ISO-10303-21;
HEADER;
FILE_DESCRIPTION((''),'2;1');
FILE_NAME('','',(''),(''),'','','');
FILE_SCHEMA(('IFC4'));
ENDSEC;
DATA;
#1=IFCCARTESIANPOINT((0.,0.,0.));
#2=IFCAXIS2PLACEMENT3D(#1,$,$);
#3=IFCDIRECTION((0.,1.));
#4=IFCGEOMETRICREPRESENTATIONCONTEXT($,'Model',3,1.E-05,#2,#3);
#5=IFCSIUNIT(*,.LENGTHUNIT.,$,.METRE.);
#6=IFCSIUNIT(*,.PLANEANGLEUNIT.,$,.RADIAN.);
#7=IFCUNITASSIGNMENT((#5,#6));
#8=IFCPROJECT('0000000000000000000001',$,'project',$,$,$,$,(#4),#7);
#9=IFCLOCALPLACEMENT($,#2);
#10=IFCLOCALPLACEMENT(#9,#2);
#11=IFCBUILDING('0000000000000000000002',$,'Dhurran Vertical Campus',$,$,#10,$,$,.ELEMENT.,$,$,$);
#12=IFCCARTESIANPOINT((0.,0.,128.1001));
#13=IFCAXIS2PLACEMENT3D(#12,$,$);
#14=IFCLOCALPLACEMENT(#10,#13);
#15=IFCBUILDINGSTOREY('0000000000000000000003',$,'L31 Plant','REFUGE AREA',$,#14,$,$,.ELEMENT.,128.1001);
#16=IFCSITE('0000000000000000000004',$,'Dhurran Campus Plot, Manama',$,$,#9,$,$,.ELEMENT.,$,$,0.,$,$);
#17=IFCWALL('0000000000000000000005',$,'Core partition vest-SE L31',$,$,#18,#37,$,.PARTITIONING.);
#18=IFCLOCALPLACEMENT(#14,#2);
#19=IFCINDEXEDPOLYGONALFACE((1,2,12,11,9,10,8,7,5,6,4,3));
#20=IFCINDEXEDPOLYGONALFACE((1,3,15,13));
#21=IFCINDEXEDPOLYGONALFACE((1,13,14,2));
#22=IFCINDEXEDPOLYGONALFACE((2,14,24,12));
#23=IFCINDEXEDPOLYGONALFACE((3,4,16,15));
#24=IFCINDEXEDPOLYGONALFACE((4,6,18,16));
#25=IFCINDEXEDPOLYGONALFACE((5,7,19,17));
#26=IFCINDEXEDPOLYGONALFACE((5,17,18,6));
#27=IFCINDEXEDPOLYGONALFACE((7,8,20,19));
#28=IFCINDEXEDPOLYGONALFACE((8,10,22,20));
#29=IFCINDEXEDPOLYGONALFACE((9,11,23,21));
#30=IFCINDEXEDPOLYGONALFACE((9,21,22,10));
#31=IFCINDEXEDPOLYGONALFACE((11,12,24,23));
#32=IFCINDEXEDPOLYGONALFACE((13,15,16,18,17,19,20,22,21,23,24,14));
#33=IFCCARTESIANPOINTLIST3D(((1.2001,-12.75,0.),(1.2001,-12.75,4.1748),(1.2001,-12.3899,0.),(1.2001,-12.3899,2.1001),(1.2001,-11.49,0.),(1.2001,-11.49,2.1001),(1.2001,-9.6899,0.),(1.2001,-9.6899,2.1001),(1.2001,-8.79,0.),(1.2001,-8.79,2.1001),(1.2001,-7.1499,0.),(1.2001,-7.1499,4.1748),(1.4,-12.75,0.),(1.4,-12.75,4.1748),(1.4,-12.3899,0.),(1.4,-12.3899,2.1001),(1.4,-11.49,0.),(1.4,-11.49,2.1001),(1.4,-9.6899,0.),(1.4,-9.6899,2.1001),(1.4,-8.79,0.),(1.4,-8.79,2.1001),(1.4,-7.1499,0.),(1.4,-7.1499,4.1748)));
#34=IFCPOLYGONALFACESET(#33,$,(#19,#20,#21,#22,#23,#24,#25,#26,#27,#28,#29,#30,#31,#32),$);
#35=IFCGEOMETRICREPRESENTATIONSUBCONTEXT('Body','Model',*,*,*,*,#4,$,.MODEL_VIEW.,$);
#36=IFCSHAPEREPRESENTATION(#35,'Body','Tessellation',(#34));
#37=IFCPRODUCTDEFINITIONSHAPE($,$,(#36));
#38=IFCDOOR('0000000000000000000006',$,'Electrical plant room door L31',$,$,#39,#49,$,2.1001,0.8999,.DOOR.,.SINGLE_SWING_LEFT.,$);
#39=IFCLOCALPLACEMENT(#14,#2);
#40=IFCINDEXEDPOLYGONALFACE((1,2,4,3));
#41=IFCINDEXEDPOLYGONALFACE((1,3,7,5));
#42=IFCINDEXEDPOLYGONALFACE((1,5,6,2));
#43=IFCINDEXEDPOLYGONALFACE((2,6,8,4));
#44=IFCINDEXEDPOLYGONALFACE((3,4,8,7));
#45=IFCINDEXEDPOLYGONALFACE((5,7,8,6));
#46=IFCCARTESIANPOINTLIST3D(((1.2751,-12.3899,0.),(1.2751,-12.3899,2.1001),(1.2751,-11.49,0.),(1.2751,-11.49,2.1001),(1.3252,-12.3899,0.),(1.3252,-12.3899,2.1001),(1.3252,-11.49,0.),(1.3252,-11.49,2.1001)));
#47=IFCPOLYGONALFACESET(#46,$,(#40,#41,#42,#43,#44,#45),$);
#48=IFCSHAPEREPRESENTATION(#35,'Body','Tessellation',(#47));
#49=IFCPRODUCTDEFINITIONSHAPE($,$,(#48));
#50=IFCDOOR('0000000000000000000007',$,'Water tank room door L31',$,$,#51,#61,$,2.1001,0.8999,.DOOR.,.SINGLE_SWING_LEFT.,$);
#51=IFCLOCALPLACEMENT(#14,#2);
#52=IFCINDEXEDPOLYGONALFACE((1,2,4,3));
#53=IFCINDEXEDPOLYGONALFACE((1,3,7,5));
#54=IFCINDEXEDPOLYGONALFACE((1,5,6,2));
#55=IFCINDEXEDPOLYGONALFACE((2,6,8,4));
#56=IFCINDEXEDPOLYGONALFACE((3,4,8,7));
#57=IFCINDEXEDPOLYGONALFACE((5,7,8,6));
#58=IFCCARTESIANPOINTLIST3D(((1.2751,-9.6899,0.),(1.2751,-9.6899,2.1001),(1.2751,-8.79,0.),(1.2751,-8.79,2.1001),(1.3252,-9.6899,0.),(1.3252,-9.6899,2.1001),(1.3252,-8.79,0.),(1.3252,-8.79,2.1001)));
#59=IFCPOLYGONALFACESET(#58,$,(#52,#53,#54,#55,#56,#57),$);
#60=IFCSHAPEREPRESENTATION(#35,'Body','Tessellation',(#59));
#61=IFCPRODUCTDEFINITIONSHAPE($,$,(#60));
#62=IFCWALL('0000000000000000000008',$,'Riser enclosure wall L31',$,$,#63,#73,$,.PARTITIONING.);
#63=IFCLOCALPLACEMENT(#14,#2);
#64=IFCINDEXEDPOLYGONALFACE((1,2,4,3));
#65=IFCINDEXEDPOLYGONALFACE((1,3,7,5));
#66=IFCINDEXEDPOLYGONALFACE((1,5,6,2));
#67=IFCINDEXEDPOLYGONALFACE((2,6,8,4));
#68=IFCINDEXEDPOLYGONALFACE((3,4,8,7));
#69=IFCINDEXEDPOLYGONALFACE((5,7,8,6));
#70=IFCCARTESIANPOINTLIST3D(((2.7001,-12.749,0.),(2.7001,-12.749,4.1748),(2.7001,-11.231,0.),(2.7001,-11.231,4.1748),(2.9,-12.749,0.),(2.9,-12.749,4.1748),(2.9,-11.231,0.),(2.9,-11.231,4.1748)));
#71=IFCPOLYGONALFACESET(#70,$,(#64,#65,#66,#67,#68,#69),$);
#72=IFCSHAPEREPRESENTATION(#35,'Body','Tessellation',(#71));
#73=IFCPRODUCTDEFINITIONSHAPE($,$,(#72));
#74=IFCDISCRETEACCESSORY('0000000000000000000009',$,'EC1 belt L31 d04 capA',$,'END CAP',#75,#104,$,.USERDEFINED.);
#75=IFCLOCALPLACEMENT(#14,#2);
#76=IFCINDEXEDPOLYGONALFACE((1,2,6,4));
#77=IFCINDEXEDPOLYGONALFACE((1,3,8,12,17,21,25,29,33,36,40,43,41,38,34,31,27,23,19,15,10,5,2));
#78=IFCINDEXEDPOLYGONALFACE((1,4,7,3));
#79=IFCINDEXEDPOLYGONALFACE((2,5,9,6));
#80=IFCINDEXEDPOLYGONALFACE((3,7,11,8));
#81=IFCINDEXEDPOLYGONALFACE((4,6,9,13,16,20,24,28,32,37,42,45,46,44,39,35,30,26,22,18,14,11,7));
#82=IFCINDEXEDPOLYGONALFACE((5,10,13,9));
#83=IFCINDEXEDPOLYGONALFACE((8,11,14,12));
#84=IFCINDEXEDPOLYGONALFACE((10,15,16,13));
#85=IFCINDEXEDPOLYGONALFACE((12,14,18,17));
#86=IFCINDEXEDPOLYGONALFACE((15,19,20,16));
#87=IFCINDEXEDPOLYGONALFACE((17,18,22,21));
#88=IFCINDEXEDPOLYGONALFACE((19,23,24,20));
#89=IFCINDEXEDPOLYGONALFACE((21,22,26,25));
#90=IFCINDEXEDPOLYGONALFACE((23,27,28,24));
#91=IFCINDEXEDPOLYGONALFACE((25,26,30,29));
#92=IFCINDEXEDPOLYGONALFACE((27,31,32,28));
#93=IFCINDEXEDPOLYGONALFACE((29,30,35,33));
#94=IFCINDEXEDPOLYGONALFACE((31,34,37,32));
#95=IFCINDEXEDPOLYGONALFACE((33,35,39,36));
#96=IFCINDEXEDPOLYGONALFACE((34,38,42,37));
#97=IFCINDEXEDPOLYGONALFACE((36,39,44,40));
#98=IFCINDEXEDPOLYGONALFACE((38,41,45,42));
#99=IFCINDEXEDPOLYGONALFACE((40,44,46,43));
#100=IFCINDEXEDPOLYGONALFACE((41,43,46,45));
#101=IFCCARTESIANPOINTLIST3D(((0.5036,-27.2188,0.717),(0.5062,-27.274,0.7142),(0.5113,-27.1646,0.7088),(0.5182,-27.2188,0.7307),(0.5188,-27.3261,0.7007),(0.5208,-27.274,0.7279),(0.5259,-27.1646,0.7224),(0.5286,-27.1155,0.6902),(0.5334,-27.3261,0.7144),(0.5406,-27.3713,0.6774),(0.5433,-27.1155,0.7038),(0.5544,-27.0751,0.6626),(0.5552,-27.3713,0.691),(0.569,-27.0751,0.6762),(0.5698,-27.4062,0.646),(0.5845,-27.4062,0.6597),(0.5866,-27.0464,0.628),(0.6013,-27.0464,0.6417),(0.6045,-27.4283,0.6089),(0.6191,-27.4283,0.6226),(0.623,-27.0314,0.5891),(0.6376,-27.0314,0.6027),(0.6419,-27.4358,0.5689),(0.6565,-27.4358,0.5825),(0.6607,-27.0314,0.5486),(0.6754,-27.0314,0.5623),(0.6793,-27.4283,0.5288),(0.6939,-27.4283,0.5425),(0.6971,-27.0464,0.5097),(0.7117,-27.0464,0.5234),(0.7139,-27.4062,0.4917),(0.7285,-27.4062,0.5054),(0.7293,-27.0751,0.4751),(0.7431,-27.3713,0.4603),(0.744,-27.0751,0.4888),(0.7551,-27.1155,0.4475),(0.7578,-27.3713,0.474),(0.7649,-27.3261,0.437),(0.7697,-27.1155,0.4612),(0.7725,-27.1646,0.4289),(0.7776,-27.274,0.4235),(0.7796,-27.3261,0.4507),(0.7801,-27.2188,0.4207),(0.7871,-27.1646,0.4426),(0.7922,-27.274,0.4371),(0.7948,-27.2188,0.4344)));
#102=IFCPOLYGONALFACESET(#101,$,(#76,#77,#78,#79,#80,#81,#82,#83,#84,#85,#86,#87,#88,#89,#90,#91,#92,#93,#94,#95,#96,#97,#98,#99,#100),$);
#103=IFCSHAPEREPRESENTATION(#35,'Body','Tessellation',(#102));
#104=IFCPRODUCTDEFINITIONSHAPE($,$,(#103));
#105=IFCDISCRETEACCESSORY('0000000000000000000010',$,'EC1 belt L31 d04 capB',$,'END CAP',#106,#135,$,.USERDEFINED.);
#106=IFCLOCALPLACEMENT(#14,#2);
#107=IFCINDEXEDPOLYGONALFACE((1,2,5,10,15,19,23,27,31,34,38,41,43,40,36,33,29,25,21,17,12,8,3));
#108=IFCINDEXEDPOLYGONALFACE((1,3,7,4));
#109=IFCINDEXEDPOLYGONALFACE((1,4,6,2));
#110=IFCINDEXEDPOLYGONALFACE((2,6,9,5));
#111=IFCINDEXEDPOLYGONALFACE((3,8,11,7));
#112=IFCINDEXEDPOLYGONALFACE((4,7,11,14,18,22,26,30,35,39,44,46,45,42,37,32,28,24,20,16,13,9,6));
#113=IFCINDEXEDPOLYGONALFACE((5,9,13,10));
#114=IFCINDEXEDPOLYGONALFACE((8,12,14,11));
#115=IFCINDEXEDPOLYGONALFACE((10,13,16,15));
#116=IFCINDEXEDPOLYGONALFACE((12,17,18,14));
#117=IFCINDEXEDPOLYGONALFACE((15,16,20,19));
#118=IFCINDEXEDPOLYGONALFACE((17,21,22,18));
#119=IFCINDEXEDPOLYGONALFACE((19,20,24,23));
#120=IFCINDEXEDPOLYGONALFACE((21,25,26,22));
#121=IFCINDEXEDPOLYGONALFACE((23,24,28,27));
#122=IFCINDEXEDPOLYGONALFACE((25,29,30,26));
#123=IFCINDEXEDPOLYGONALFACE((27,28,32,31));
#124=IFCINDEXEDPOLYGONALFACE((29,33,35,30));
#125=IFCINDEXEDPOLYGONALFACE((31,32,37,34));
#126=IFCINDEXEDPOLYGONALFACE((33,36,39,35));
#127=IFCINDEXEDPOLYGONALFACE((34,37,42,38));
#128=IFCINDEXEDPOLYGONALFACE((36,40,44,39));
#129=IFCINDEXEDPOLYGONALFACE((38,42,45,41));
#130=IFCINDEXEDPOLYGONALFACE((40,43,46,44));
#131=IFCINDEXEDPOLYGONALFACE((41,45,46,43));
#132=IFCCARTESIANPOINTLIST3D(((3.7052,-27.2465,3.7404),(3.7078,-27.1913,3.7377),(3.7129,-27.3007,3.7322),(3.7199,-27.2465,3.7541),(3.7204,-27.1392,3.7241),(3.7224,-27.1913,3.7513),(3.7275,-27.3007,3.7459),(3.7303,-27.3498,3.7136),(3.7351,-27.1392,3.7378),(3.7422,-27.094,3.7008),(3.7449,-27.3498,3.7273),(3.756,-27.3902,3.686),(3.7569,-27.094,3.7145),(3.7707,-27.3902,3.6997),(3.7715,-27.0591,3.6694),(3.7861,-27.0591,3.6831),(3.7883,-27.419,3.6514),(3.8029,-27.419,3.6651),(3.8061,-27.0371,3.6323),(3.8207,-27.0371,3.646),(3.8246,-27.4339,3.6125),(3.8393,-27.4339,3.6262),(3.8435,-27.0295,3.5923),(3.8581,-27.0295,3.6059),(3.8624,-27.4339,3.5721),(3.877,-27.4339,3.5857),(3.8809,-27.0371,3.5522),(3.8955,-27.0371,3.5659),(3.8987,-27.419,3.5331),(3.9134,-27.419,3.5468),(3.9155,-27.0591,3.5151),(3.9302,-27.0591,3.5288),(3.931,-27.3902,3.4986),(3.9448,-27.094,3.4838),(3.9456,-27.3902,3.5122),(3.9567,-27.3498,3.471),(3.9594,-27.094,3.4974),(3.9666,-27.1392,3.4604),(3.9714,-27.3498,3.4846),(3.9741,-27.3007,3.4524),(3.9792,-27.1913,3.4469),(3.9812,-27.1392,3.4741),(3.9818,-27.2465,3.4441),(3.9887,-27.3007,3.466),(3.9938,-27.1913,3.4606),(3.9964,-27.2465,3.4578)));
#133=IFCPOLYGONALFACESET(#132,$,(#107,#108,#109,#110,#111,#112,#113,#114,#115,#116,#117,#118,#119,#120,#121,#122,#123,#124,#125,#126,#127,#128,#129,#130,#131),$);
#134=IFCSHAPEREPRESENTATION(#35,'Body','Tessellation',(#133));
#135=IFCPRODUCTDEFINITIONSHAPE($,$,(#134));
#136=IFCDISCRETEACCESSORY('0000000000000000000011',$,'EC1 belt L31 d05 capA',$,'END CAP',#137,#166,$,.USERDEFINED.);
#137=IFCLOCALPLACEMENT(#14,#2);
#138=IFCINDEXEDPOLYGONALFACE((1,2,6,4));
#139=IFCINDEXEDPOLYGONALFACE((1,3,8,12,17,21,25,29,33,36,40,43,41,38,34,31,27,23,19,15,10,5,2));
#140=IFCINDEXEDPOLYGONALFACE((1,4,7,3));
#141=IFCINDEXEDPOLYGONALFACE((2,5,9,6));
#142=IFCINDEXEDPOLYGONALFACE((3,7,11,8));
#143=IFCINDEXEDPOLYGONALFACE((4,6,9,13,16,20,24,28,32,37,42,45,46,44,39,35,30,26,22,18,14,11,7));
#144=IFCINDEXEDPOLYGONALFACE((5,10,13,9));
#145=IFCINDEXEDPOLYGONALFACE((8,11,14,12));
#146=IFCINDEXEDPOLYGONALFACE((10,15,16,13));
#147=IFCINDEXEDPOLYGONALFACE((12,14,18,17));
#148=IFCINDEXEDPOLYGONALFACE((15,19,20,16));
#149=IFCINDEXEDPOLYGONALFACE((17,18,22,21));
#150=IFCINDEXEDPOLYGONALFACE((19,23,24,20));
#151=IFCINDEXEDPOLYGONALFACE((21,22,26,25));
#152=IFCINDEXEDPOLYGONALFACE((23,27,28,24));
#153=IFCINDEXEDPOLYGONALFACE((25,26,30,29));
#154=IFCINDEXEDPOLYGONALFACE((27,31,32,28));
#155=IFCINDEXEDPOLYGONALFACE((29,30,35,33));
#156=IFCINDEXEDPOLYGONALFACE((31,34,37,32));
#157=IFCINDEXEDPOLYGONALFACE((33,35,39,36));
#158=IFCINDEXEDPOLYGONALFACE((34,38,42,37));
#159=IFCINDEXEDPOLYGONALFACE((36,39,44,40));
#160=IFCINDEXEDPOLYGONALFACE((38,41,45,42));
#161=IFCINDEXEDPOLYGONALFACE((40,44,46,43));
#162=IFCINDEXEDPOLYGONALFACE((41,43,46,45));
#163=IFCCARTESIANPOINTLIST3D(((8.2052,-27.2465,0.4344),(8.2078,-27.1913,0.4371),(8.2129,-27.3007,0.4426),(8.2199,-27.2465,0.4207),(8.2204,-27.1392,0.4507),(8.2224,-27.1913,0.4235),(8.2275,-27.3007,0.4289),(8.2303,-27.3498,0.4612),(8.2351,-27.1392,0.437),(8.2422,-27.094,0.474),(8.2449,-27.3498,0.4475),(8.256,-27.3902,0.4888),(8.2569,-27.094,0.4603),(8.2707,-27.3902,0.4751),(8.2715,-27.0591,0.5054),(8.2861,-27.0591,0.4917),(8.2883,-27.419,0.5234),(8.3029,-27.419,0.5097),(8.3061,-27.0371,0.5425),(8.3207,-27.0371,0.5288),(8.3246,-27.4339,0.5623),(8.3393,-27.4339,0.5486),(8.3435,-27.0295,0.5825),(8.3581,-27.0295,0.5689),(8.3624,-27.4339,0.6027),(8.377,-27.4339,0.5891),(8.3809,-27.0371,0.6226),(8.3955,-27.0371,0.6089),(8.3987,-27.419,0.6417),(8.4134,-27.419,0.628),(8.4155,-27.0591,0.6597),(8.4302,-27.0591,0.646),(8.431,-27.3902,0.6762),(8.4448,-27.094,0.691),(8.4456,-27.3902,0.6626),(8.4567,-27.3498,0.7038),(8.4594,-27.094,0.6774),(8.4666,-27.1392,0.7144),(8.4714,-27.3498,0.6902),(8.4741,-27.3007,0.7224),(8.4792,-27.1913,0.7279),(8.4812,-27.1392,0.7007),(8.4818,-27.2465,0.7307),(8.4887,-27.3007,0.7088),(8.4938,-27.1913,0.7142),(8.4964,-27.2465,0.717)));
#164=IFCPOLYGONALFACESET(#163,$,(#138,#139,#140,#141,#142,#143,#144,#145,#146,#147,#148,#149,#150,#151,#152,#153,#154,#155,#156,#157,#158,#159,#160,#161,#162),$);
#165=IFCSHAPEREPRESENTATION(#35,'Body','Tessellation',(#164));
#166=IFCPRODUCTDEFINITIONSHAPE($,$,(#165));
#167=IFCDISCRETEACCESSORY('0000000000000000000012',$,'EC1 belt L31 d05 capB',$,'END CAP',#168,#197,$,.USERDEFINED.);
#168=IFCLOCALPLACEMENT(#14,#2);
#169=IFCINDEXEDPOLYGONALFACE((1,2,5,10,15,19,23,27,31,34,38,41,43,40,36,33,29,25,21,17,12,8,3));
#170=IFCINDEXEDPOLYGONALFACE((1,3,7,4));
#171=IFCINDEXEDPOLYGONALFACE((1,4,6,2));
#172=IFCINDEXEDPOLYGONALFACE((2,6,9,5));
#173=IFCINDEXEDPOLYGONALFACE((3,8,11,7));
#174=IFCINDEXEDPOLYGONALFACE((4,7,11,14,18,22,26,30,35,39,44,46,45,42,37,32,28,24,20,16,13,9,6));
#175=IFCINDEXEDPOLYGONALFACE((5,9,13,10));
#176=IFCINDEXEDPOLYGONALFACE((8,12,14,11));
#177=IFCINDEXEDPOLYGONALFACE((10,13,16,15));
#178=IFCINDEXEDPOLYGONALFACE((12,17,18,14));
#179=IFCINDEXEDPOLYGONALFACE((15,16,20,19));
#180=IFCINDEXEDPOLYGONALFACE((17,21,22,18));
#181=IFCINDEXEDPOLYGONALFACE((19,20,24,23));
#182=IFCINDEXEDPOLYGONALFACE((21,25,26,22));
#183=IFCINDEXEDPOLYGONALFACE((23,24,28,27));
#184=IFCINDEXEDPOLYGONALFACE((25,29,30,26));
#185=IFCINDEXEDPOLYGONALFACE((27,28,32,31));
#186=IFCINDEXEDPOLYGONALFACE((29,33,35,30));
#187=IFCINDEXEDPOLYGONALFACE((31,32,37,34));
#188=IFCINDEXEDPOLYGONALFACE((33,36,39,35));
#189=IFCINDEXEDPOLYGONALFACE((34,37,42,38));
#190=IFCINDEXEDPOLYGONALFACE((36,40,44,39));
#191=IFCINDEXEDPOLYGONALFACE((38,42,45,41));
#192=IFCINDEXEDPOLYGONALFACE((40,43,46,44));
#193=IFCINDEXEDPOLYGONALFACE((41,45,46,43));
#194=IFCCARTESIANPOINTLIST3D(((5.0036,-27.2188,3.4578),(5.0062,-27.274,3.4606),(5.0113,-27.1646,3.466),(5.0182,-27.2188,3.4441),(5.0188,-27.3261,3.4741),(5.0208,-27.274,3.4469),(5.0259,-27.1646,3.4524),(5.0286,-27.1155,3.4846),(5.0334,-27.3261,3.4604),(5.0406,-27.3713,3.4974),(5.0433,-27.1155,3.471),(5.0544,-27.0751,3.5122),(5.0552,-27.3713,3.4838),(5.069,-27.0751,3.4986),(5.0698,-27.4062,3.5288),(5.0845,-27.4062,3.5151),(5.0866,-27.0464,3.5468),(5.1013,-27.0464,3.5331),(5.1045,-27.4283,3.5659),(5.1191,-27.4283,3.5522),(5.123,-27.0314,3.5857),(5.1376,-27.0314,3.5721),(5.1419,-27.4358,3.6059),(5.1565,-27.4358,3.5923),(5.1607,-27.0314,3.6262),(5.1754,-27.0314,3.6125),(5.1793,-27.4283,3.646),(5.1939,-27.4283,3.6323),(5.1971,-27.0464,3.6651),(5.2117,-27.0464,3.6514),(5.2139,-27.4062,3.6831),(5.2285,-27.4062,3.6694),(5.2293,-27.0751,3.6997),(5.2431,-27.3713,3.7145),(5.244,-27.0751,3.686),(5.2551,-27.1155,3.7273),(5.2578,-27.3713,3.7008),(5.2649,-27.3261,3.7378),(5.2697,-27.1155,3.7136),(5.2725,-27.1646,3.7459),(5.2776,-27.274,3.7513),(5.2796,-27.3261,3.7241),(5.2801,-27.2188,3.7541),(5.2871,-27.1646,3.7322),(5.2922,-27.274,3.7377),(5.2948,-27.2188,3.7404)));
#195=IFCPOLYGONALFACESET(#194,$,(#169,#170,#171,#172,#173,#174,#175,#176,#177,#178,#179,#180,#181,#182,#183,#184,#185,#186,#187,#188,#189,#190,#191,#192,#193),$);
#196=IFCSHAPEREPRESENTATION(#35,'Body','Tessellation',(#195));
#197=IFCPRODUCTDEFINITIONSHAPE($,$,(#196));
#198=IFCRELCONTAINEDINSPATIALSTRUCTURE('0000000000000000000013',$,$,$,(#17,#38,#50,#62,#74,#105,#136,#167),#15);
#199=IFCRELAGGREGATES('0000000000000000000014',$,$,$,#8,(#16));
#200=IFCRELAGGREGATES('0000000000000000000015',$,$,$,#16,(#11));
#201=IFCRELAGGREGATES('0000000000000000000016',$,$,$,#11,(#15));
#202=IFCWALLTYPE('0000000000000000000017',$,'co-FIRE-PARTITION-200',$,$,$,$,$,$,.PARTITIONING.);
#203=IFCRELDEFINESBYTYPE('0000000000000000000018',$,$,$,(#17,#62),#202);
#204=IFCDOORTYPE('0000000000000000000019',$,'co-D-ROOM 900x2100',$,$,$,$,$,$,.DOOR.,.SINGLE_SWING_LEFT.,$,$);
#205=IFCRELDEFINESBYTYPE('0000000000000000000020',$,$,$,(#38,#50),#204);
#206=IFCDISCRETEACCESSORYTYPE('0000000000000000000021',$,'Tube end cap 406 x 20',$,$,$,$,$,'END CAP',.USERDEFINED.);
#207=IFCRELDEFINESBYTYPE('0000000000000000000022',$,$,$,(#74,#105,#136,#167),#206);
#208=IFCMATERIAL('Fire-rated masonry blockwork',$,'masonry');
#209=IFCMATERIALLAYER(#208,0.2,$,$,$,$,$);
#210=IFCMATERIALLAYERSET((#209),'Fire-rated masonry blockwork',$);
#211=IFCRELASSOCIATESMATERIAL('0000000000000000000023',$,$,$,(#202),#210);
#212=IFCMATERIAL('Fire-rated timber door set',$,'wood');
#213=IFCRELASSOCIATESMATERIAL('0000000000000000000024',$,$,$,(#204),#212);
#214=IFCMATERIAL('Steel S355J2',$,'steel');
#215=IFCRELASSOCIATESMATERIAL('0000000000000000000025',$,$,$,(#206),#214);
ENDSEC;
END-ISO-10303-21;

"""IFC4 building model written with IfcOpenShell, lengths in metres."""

from ifc_helpers import new_model, si_unit, direction, frame, frame_2d, origin, origin_2d, place, context, subcontext, project, spatial, rectangle, circle, extrude, material, layer, layer_set, material_profile, profile_set, type_object, element, fill, save


model = new_model("IFC4")

# Units and contexts
model_context = context("Model", 3, precision=1e-05, world=origin(), true_north=direction((0.0, 1.0)))
body_context = subcontext(model_context, "Body", "Model", "MODEL_VIEW")
ifc_project = project(units=[si_unit("LENGTHUNIT", "METRE"), si_unit("PLANEANGLEUNIT", "RADIAN")], contexts=[model_context])

# Site, building, storey
site_placement = place(None, origin())
site = spatial("IfcSite", under=ifc_project, at=site_placement, Name="Dhurran Campus Plot, Manama", CompositionType="ELEMENT", RefElevation=0.0)
building_placement = place(site_placement, origin())
building = spatial("IfcBuilding", under=site, at=building_placement, Name="Dhurran Vertical Campus", CompositionType="ELEMENT")
storey_placement = place(building_placement, frame((0.0, 0.0, 128.1001)))
storey = spatial("IfcBuildingStorey", under=building, at=storey_placement, Name="L31 Plant", Description="REFUGE AREA", CompositionType="ELEMENT", Elevation=128.1001)

# Shared definitions
ifc_material_1 = material(Name="Fire-rated masonry blockwork", Category="masonry")
ifc_layer_1 = layer(ifc_material_1, 0.2)
ifc_layer_set_1 = layer_set([ifc_layer_1], Name="Fire-rated masonry blockwork")
wall_type_1 = type_object("IfcWallType", Name="co-FIRE-PARTITION-200", PredefinedType="PARTITIONING", material=ifc_layer_set_1)

# Wall, openings, doors
wall_1_placement = place(storey_placement, frame((1.3, -12.75, 0.0), z_axis=(0.0, 0.0, 1.0), x_axis=(0.0, 1.0, 0.0)))
wall_1 = element("IfcWall", 1, at=wall_1_placement, inside=storey, type_object=wall_type_1, Name="Core partition vest-SE L31", PredefinedType="PARTITIONING", context=body_context, shape_type="SweptSolid", body=[
    extrude(rectangle(XDim=5.6001, YDim=0.2, at=frame_2d((2.8, 0.0))), origin(), (0.0, 0.0, 1.0), 4.1748),
])
opening_1_placement = place(wall_1_placement, frame((0.3601, 0.0, 0.0)))
opening_1 = element("IfcOpeningElement", 2, at=opening_1_placement, cuts=wall_1, PredefinedType="OPENING", context=body_context, shape_type="SweptSolid", body=[
    extrude(rectangle(XDim=0.8999, YDim=2.1001, at=frame_2d((0.45, 1.05))), frame((0.0, 0.1099, 0.0), z_axis=(0.0, -1.0, 0.0), x_axis=(1.0, 0.0, 0.0)), (0.0, 0.0, 1.0), 0.22),
])
opening_2_placement = place(wall_1_placement, frame((3.0601, 0.0, 0.0)))
opening_2 = element("IfcOpeningElement", 3, at=opening_2_placement, cuts=wall_1, PredefinedType="OPENING", context=body_context, shape_type="SweptSolid", body=[
    extrude(rectangle(XDim=0.8999, YDim=2.1001, at=frame_2d((0.45, 1.05))), frame((0.0, 0.1099, 0.0), z_axis=(0.0, -1.0, 0.0), x_axis=(1.0, 0.0, 0.0)), (0.0, 0.0, 1.0), 0.22),
])
ifc_material_2 = material(Name="Fire-rated timber door set", Category="wood")
door_type = type_object("IfcDoorType", Name="co-D-ROOM 900x2100", OperationType="SINGLE_SWING_LEFT", PredefinedType="DOOR", material=ifc_material_2)
door_1_placement = place(opening_1_placement, origin())
door_1 = element("IfcDoor", 4, at=door_1_placement, inside=storey, type_object=door_type, Name="Electrical plant room door L31", OperationType="SINGLE_SWING_LEFT", OverallHeight=2.1001, OverallWidth=0.8999, PredefinedType="DOOR", context=body_context, shape_type="SweptSolid", body=[
    extrude(rectangle(XDim=0.8999, YDim=2.1001, at=frame_2d((0.45, 1.05))), frame((0.0, 0.0249, 0.0), z_axis=(0.0, -1.0, 0.0), x_axis=(1.0, 0.0, 0.0)), (0.0, 0.0, 1.0), 0.05),
])
fill(opening_1, door_1)
door_2_placement = place(opening_2_placement, origin())
door_2 = element("IfcDoor", 5, at=door_2_placement, inside=storey, type_object=door_type, Name="Water tank room door L31", OperationType="SINGLE_SWING_LEFT", OverallHeight=2.1001, OverallWidth=0.8999, PredefinedType="DOOR", context=body_context, shape_type="SweptSolid", body=[
    extrude(rectangle(XDim=0.8999, YDim=2.1001, at=frame_2d((0.45, 1.05))), frame((0.0, 0.0249, 0.0), z_axis=(0.0, -1.0, 0.0), x_axis=(1.0, 0.0, 0.0)), (0.0, 0.0, 1.0), 0.05),
])
fill(opening_2, door_2)

# Wall
wall_2_placement = place(storey_placement, frame((2.8, -11.231, 0.0), z_axis=(0.0, 0.0, 1.0), x_axis=(0.0, -1.0, 0.0)))
element("IfcWall", 6, at=wall_2_placement, inside=storey, type_object=wall_type_1, Name="Riser enclosure wall L31", PredefinedType="PARTITIONING", context=body_context, shape_type="SweptSolid", body=[
    extrude(rectangle(XDim=1.5181, YDim=0.2, at=frame_2d((0.759, 0.0))), origin(), (0.0, 0.0, 1.0), 4.1748),
])

# Discrete accessories
ifc_material_3 = material(Name="Steel S355J2", Category="steel")
ifc_material_profile_1 = material_profile(ifc_material_3, circle(Radius=0.2031, at=origin_2d()), Name="Tube end cap 406 x 20")
ifc_profile_set_1 = profile_set([ifc_material_profile_1], Name="Steel S355J2")
discrete_accessory_type = type_object("IfcDiscreteAccessoryType", Name="Tube end cap 406 x 20", ElementType="END CAP", PredefinedType="USERDEFINED", material=ifc_profile_set_1)
for number, where, z_axis, x_axis, name in (
    (7, (0.6565, -27.2327, 0.5825), (-0.731055, 0.0, -0.682318), (0.0, -1.0, 0.0), "EC1 belt L31 d04 capA"),
    (8, (3.8435, -27.2327, 3.5923), (0.731055, 0.0, 0.682318), (0.0, 1.0, 0.0), "EC1 belt L31 d04 capB"),
    (9, (8.3435, -27.2327, 0.5825), (0.731055, 0.0, -0.682318), (0.0, 1.0, 0.0), "EC1 belt L31 d05 capA"),
    (10, (5.1565, -27.2327, 3.5923), (-0.731055, 0.0, 0.682318), (0.0, -1.0, 0.0), "EC1 belt L31 d05 capB"),
):
    element("IfcDiscreteAccessory", number, at=place(storey_placement, frame(where, z_axis=z_axis, x_axis=x_axis)), inside=storey, type_object=discrete_accessory_type, Name=name, ObjectType="END CAP", PredefinedType="USERDEFINED", context=body_context, shape_type="SweptSolid", body=[
        extrude(circle(Radius=0.2031, at=origin_2d()), origin(), (0.0, 0.0, 1.0), 0.02),
    ])

save(model, "model.ifc")
